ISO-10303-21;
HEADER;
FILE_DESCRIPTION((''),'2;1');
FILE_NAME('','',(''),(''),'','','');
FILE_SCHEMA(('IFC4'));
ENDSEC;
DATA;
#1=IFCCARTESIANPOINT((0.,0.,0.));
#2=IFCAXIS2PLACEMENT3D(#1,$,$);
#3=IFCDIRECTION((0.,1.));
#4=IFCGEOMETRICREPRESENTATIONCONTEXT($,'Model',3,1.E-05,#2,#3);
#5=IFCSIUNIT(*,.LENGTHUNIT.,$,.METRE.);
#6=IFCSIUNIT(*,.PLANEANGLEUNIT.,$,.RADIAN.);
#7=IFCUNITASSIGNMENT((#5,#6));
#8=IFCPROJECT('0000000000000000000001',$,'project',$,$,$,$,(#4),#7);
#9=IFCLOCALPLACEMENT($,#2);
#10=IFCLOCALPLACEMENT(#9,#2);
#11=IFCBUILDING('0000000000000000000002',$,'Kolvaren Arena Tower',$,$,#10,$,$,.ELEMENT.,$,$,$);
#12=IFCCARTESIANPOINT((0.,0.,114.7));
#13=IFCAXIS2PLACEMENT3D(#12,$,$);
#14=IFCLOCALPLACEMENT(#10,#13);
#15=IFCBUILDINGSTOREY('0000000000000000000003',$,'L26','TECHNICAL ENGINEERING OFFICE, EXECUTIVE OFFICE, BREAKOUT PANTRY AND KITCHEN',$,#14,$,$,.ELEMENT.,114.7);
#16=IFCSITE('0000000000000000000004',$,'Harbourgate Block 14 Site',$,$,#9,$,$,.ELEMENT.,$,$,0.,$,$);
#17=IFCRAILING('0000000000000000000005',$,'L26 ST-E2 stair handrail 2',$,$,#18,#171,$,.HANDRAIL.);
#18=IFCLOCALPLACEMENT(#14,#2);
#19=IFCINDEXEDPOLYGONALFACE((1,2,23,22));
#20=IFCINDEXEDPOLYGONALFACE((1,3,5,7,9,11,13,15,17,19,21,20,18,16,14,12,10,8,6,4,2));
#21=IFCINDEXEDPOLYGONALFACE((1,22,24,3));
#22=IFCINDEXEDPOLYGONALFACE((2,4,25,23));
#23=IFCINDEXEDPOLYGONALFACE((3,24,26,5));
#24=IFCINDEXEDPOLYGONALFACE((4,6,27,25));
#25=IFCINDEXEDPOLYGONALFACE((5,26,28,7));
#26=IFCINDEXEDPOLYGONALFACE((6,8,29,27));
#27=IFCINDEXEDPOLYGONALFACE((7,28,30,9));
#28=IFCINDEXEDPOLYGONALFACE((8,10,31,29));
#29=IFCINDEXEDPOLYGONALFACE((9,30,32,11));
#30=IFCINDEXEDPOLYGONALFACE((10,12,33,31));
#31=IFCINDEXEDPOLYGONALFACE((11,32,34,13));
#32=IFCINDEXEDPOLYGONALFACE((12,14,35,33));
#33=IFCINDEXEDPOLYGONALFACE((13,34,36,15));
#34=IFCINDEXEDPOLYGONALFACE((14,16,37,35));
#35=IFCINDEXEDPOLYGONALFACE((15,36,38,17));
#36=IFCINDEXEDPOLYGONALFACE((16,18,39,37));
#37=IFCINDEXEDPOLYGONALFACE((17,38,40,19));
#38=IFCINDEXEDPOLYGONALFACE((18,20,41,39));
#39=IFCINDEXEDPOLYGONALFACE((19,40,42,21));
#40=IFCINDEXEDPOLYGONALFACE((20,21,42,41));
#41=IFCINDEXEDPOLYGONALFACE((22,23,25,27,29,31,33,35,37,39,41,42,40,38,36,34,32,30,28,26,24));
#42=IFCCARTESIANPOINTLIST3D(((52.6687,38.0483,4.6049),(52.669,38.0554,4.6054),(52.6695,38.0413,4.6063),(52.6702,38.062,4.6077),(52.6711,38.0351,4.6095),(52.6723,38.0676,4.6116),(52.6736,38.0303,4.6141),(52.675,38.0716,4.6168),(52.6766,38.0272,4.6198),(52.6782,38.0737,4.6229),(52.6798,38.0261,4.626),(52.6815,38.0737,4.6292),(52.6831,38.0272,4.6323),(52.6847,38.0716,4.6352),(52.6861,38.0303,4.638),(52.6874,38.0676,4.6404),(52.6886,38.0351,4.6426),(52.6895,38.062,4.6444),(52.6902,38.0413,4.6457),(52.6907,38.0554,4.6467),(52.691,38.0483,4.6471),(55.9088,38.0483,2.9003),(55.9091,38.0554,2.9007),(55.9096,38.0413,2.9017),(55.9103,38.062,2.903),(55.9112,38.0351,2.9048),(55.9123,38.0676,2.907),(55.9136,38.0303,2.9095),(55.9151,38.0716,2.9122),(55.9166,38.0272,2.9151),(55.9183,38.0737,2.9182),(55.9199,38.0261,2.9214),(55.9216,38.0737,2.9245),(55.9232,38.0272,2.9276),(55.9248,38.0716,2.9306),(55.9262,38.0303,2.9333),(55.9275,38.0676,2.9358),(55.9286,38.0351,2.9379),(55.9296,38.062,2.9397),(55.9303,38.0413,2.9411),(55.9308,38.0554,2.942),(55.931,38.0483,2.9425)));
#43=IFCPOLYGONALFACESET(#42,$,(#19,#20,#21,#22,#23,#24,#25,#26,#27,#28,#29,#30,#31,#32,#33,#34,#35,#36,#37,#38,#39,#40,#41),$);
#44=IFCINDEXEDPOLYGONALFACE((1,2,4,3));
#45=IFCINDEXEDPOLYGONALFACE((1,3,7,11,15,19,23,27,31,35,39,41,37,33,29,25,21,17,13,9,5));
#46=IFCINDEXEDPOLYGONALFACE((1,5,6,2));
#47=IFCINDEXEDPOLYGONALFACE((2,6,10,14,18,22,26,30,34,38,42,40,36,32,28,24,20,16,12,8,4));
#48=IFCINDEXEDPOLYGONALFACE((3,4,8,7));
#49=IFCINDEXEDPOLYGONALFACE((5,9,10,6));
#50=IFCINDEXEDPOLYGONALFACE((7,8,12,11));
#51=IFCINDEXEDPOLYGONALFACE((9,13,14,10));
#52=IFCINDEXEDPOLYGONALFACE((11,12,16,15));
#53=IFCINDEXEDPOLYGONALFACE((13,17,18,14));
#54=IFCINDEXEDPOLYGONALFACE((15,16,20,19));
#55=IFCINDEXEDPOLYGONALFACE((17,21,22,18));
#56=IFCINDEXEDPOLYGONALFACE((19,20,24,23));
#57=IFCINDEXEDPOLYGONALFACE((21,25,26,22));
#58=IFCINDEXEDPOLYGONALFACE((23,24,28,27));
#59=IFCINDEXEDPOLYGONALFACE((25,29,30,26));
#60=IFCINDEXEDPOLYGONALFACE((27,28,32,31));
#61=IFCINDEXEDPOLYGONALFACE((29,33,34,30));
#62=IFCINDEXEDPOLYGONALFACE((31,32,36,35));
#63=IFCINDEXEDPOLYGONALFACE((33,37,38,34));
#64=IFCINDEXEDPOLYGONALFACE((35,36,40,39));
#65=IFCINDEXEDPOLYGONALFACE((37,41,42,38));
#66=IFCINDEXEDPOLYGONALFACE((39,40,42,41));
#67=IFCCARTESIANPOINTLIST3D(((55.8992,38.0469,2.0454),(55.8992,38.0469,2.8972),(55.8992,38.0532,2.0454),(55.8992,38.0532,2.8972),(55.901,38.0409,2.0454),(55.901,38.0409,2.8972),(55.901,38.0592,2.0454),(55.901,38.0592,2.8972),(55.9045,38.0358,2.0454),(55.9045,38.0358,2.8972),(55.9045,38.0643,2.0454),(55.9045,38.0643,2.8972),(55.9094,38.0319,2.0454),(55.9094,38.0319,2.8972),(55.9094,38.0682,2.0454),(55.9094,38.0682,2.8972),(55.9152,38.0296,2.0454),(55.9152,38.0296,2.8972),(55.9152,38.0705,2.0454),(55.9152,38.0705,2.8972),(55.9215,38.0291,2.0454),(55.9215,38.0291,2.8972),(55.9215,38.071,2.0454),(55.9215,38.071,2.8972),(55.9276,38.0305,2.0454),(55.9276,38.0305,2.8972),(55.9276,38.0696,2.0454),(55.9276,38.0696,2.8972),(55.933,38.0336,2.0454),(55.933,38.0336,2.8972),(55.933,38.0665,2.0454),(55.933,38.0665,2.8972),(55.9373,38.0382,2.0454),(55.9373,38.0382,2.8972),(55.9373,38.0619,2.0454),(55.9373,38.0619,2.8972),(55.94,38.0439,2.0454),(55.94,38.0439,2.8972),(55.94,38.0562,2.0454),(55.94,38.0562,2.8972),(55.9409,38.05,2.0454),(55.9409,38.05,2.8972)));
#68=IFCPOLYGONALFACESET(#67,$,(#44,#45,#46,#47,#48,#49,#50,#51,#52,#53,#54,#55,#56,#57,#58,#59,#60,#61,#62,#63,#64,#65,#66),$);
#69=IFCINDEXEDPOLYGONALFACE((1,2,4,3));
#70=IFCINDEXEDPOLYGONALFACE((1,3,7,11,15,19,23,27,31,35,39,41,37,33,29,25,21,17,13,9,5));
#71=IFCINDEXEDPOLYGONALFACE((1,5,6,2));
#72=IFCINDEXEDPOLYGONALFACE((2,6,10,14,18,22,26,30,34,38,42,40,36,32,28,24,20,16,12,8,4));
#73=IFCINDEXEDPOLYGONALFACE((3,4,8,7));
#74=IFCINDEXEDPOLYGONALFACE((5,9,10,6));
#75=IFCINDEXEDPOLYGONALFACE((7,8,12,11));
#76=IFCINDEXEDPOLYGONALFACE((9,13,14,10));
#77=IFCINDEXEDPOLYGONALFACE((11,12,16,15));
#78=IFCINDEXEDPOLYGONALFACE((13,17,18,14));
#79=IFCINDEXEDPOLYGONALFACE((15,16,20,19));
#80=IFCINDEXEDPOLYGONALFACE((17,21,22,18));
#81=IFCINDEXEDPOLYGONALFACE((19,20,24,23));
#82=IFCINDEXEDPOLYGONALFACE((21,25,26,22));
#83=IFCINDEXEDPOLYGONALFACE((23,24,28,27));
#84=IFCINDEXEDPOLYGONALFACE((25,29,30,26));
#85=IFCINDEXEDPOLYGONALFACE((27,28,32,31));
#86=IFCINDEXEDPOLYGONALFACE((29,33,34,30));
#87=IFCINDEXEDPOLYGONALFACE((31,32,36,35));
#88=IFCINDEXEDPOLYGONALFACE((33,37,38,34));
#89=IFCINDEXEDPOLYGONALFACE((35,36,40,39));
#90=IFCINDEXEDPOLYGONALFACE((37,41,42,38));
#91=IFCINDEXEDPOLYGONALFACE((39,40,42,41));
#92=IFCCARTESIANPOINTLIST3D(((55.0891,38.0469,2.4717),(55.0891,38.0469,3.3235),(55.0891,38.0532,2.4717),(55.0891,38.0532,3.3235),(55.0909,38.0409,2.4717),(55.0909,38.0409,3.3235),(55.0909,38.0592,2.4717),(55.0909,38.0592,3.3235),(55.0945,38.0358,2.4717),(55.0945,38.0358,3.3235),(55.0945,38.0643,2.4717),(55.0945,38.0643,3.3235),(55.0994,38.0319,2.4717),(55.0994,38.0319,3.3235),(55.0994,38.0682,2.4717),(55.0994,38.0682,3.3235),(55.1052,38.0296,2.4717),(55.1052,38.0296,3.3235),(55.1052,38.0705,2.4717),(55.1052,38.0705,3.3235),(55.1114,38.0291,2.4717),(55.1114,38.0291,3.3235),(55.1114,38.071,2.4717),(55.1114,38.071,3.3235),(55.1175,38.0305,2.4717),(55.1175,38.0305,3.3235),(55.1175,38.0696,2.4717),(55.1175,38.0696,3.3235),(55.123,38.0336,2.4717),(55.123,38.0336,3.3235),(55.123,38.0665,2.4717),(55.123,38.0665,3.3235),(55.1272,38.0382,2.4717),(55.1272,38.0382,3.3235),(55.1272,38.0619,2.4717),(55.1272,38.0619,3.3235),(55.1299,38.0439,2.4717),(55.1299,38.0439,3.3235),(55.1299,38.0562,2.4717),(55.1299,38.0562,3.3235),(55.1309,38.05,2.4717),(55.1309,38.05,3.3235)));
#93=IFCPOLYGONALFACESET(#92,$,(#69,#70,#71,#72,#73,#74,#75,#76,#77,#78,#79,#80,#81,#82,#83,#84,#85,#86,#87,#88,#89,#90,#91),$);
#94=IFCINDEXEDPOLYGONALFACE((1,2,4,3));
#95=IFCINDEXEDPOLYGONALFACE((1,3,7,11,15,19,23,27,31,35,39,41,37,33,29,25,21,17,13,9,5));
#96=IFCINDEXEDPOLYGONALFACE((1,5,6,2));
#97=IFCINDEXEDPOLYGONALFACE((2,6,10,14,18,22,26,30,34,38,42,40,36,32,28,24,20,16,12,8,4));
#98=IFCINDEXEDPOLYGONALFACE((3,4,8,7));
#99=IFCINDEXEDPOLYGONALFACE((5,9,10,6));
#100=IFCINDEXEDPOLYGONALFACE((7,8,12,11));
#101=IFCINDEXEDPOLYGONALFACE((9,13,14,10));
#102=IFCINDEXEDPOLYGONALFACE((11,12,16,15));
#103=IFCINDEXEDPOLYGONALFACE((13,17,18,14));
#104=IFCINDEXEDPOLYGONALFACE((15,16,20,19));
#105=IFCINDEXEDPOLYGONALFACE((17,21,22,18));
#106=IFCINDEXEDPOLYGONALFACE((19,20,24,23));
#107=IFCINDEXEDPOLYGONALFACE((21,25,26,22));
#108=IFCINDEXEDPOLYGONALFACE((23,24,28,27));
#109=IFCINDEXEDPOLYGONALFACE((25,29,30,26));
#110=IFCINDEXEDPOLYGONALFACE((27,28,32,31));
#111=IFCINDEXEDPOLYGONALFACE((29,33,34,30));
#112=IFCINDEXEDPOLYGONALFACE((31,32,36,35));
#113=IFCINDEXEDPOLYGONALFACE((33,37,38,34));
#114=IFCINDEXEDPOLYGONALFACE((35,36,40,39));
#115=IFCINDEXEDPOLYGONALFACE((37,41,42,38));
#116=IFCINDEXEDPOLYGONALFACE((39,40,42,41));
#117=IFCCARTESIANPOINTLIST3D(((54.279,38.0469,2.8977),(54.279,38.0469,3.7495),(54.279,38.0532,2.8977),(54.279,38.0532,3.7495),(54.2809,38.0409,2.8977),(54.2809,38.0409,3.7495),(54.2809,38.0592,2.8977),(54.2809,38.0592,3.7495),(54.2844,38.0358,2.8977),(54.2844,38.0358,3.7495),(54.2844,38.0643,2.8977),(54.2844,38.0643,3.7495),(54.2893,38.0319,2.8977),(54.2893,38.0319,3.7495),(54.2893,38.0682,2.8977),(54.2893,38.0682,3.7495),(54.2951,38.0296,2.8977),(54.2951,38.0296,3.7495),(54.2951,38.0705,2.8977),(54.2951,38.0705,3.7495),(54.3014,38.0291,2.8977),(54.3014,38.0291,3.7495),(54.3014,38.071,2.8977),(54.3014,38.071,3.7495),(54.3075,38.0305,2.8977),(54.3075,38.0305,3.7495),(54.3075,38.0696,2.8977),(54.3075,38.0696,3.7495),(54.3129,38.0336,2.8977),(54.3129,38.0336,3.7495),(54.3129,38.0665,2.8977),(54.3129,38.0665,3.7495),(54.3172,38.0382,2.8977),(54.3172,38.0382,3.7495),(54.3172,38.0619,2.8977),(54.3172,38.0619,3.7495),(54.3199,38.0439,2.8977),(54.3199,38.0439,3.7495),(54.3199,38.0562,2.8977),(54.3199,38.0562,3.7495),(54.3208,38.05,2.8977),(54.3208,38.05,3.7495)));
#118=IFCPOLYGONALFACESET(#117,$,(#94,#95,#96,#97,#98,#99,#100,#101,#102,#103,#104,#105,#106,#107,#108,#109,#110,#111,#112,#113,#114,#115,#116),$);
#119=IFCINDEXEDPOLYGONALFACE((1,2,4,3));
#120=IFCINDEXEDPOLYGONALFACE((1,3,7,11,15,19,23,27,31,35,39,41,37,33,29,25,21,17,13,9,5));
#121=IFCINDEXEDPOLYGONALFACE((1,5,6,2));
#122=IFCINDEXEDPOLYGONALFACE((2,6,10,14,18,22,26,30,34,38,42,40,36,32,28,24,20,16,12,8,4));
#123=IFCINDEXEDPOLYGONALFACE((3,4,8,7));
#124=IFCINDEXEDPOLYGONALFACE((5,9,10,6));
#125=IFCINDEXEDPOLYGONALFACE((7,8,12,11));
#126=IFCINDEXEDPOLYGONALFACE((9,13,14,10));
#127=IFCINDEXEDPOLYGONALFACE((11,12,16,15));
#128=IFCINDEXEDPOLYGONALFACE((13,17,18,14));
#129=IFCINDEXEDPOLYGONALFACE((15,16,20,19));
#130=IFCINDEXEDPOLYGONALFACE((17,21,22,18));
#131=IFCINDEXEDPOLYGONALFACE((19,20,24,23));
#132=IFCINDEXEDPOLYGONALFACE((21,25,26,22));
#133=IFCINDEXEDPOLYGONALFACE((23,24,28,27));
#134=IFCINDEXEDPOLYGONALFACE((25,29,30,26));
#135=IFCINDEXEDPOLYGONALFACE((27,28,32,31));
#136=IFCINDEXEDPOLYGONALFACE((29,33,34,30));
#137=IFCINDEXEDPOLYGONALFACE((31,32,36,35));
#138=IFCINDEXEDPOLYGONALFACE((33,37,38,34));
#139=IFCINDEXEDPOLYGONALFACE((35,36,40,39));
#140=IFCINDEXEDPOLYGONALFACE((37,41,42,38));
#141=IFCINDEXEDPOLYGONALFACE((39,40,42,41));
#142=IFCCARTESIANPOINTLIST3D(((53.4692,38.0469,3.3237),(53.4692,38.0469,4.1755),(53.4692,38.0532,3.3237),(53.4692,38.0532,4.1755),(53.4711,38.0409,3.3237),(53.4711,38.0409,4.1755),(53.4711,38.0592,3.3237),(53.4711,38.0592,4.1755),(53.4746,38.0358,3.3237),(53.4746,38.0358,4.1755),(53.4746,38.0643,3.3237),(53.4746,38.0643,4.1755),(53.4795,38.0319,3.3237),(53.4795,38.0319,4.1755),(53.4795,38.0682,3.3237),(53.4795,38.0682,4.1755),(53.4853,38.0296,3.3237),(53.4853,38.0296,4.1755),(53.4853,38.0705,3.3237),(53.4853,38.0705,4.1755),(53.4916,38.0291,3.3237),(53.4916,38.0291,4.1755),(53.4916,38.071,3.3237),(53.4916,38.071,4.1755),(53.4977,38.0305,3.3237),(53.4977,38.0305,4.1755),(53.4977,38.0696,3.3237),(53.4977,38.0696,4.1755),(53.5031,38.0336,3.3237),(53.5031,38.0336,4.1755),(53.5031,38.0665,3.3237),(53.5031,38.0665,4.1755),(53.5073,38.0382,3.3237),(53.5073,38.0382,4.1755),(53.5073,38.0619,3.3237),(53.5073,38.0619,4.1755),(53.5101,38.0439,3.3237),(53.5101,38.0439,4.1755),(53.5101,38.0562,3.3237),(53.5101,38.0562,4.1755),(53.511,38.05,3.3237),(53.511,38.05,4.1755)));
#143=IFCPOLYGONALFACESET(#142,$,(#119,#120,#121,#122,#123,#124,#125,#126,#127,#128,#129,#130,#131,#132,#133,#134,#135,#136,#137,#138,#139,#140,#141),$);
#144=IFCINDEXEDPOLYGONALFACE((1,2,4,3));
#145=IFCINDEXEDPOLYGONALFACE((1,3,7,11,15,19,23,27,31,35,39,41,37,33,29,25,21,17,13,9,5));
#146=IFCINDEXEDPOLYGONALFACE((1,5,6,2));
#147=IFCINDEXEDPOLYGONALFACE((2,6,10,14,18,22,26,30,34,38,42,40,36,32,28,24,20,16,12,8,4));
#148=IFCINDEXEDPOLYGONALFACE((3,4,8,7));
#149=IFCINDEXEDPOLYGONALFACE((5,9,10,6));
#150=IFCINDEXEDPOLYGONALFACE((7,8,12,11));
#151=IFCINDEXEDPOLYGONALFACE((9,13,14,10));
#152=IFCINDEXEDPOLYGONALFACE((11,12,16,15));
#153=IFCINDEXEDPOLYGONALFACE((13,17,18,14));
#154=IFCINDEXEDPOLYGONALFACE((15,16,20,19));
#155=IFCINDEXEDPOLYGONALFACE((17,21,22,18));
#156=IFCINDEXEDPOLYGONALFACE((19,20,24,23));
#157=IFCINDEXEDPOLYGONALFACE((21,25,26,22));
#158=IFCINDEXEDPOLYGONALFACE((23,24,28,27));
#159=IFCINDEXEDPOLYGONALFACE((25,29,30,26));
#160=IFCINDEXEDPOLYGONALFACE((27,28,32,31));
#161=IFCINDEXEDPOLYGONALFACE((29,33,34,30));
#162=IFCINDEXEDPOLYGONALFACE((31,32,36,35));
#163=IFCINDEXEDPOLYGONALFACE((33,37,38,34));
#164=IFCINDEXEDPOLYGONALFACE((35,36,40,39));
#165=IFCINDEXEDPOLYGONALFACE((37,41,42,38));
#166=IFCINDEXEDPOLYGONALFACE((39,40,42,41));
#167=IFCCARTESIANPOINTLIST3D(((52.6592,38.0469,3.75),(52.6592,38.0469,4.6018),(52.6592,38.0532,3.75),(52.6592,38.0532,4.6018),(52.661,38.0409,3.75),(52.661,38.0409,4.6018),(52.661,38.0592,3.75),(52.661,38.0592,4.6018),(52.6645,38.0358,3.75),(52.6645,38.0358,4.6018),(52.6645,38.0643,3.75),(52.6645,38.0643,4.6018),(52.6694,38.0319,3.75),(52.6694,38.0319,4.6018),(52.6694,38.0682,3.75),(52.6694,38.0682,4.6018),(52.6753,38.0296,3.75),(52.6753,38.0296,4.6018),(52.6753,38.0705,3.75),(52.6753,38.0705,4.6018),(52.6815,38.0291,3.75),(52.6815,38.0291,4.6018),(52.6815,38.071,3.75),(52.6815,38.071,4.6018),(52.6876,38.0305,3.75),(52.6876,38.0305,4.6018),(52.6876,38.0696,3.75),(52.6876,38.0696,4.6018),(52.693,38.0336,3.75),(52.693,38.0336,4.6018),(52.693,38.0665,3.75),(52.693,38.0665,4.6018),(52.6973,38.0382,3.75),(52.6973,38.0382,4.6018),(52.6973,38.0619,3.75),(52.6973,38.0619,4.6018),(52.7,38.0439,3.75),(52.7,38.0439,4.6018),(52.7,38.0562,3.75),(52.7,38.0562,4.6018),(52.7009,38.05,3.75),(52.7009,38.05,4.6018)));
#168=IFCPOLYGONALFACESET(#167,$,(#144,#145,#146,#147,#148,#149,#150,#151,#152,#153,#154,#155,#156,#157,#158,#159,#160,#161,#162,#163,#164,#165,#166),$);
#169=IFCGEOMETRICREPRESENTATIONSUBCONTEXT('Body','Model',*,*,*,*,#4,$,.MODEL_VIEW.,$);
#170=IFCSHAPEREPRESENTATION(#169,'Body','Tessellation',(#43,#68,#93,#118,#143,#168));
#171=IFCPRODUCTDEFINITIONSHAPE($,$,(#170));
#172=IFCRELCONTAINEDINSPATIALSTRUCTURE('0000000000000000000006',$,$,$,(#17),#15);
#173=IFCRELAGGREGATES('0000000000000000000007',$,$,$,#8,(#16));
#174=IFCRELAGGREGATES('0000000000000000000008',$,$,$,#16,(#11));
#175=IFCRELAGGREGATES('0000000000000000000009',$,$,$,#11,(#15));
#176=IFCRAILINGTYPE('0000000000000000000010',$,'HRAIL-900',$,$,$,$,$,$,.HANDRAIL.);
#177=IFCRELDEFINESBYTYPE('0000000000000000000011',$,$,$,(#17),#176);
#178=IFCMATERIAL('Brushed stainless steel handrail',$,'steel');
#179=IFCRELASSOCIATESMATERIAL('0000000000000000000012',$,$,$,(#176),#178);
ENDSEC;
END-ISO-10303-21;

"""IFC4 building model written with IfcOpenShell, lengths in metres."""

from ifc_helpers import new_model, si_unit, direction, frame, origin, origin_2d, place, context, subcontext, project, spatial, circle, extrude, material, type_object, element, save


model = new_model("IFC4")

# Units and contexts
model_context = context("Model", 3, precision=1e-05, world=origin(), true_north=direction((0.0, 1.0)))
body_context = subcontext(model_context, "Body", "Model", "MODEL_VIEW")
ifc_project = project(units=[si_unit("LENGTHUNIT", "METRE"), si_unit("PLANEANGLEUNIT", "RADIAN")], contexts=[model_context])

# Site, building, storey
site_placement = place(None, origin())
site = spatial("IfcSite", under=ifc_project, at=site_placement, Name="Harbourgate Block 14 Site", CompositionType="ELEMENT", RefElevation=0.0)
building_placement = place(site_placement, origin())
building = spatial("IfcBuilding", under=site, at=building_placement, Name="Kolvaren Arena Tower", CompositionType="ELEMENT")
storey_placement = place(building_placement, frame((0.0, 0.0, 114.7)))
storey = spatial("IfcBuildingStorey", under=building, at=storey_placement, Name="L26", Description="TECHNICAL ENGINEERING OFFICE, EXECUTIVE OFFICE, BREAKOUT PANTRY AND KITCHEN", CompositionType="ELEMENT", Elevation=114.7)

# Railing
ifc_material_1 = material(Name="Brushed stainless steel handrail", Category="steel")
railing_type_1 = type_object("IfcRailingType", Name="HRAIL-900", PredefinedType="HANDRAIL", material=ifc_material_1)
for number, where, name in (
    (1, (55.9199, 38.05, 2.0454), "L26 ST-E2 stair handrail 2"),
):
    element("IfcRailing", number, at=place(storey_placement, frame(where)), inside=storey, type_object=railing_type_1, Name=name, PredefinedType="HANDRAIL", context=body_context, shape_type="SweptSolid", body=[
        extrude(circle(Radius=0.0239, at=origin_2d()), frame((0.0, 0.0, 0.876), z_axis=(-0.884993, 0.0, 0.465604), x_axis=(0.0, -1.0, 0.0)), (0.0, 0.0, 1.0), 3.6611),
        extrude(circle(Radius=0.021, at=origin_2d()), origin(), (0.0, 0.0, 1.0), 0.8518),
        extrude(circle(Radius=0.021, at=origin_2d()), frame((-0.8101, 0.0, 0.4263)), (0.0, 0.0, 1.0), 0.8518),
        extrude(circle(Radius=0.021, at=origin_2d()), frame((-1.6201, 0.0, 0.8523)), (0.0, 0.0, 1.0), 0.8518),
        extrude(circle(Radius=0.021, at=origin_2d()), frame((-2.4299, 0.0, 1.2783)), (0.0, 0.0, 1.0), 0.8518),
        extrude(circle(Radius=0.021, at=origin_2d()), frame((-3.24, 0.0, 1.7046)), (0.0, 0.0, 1.0), 0.8518),
    ])

save(model, "model.ifc")
